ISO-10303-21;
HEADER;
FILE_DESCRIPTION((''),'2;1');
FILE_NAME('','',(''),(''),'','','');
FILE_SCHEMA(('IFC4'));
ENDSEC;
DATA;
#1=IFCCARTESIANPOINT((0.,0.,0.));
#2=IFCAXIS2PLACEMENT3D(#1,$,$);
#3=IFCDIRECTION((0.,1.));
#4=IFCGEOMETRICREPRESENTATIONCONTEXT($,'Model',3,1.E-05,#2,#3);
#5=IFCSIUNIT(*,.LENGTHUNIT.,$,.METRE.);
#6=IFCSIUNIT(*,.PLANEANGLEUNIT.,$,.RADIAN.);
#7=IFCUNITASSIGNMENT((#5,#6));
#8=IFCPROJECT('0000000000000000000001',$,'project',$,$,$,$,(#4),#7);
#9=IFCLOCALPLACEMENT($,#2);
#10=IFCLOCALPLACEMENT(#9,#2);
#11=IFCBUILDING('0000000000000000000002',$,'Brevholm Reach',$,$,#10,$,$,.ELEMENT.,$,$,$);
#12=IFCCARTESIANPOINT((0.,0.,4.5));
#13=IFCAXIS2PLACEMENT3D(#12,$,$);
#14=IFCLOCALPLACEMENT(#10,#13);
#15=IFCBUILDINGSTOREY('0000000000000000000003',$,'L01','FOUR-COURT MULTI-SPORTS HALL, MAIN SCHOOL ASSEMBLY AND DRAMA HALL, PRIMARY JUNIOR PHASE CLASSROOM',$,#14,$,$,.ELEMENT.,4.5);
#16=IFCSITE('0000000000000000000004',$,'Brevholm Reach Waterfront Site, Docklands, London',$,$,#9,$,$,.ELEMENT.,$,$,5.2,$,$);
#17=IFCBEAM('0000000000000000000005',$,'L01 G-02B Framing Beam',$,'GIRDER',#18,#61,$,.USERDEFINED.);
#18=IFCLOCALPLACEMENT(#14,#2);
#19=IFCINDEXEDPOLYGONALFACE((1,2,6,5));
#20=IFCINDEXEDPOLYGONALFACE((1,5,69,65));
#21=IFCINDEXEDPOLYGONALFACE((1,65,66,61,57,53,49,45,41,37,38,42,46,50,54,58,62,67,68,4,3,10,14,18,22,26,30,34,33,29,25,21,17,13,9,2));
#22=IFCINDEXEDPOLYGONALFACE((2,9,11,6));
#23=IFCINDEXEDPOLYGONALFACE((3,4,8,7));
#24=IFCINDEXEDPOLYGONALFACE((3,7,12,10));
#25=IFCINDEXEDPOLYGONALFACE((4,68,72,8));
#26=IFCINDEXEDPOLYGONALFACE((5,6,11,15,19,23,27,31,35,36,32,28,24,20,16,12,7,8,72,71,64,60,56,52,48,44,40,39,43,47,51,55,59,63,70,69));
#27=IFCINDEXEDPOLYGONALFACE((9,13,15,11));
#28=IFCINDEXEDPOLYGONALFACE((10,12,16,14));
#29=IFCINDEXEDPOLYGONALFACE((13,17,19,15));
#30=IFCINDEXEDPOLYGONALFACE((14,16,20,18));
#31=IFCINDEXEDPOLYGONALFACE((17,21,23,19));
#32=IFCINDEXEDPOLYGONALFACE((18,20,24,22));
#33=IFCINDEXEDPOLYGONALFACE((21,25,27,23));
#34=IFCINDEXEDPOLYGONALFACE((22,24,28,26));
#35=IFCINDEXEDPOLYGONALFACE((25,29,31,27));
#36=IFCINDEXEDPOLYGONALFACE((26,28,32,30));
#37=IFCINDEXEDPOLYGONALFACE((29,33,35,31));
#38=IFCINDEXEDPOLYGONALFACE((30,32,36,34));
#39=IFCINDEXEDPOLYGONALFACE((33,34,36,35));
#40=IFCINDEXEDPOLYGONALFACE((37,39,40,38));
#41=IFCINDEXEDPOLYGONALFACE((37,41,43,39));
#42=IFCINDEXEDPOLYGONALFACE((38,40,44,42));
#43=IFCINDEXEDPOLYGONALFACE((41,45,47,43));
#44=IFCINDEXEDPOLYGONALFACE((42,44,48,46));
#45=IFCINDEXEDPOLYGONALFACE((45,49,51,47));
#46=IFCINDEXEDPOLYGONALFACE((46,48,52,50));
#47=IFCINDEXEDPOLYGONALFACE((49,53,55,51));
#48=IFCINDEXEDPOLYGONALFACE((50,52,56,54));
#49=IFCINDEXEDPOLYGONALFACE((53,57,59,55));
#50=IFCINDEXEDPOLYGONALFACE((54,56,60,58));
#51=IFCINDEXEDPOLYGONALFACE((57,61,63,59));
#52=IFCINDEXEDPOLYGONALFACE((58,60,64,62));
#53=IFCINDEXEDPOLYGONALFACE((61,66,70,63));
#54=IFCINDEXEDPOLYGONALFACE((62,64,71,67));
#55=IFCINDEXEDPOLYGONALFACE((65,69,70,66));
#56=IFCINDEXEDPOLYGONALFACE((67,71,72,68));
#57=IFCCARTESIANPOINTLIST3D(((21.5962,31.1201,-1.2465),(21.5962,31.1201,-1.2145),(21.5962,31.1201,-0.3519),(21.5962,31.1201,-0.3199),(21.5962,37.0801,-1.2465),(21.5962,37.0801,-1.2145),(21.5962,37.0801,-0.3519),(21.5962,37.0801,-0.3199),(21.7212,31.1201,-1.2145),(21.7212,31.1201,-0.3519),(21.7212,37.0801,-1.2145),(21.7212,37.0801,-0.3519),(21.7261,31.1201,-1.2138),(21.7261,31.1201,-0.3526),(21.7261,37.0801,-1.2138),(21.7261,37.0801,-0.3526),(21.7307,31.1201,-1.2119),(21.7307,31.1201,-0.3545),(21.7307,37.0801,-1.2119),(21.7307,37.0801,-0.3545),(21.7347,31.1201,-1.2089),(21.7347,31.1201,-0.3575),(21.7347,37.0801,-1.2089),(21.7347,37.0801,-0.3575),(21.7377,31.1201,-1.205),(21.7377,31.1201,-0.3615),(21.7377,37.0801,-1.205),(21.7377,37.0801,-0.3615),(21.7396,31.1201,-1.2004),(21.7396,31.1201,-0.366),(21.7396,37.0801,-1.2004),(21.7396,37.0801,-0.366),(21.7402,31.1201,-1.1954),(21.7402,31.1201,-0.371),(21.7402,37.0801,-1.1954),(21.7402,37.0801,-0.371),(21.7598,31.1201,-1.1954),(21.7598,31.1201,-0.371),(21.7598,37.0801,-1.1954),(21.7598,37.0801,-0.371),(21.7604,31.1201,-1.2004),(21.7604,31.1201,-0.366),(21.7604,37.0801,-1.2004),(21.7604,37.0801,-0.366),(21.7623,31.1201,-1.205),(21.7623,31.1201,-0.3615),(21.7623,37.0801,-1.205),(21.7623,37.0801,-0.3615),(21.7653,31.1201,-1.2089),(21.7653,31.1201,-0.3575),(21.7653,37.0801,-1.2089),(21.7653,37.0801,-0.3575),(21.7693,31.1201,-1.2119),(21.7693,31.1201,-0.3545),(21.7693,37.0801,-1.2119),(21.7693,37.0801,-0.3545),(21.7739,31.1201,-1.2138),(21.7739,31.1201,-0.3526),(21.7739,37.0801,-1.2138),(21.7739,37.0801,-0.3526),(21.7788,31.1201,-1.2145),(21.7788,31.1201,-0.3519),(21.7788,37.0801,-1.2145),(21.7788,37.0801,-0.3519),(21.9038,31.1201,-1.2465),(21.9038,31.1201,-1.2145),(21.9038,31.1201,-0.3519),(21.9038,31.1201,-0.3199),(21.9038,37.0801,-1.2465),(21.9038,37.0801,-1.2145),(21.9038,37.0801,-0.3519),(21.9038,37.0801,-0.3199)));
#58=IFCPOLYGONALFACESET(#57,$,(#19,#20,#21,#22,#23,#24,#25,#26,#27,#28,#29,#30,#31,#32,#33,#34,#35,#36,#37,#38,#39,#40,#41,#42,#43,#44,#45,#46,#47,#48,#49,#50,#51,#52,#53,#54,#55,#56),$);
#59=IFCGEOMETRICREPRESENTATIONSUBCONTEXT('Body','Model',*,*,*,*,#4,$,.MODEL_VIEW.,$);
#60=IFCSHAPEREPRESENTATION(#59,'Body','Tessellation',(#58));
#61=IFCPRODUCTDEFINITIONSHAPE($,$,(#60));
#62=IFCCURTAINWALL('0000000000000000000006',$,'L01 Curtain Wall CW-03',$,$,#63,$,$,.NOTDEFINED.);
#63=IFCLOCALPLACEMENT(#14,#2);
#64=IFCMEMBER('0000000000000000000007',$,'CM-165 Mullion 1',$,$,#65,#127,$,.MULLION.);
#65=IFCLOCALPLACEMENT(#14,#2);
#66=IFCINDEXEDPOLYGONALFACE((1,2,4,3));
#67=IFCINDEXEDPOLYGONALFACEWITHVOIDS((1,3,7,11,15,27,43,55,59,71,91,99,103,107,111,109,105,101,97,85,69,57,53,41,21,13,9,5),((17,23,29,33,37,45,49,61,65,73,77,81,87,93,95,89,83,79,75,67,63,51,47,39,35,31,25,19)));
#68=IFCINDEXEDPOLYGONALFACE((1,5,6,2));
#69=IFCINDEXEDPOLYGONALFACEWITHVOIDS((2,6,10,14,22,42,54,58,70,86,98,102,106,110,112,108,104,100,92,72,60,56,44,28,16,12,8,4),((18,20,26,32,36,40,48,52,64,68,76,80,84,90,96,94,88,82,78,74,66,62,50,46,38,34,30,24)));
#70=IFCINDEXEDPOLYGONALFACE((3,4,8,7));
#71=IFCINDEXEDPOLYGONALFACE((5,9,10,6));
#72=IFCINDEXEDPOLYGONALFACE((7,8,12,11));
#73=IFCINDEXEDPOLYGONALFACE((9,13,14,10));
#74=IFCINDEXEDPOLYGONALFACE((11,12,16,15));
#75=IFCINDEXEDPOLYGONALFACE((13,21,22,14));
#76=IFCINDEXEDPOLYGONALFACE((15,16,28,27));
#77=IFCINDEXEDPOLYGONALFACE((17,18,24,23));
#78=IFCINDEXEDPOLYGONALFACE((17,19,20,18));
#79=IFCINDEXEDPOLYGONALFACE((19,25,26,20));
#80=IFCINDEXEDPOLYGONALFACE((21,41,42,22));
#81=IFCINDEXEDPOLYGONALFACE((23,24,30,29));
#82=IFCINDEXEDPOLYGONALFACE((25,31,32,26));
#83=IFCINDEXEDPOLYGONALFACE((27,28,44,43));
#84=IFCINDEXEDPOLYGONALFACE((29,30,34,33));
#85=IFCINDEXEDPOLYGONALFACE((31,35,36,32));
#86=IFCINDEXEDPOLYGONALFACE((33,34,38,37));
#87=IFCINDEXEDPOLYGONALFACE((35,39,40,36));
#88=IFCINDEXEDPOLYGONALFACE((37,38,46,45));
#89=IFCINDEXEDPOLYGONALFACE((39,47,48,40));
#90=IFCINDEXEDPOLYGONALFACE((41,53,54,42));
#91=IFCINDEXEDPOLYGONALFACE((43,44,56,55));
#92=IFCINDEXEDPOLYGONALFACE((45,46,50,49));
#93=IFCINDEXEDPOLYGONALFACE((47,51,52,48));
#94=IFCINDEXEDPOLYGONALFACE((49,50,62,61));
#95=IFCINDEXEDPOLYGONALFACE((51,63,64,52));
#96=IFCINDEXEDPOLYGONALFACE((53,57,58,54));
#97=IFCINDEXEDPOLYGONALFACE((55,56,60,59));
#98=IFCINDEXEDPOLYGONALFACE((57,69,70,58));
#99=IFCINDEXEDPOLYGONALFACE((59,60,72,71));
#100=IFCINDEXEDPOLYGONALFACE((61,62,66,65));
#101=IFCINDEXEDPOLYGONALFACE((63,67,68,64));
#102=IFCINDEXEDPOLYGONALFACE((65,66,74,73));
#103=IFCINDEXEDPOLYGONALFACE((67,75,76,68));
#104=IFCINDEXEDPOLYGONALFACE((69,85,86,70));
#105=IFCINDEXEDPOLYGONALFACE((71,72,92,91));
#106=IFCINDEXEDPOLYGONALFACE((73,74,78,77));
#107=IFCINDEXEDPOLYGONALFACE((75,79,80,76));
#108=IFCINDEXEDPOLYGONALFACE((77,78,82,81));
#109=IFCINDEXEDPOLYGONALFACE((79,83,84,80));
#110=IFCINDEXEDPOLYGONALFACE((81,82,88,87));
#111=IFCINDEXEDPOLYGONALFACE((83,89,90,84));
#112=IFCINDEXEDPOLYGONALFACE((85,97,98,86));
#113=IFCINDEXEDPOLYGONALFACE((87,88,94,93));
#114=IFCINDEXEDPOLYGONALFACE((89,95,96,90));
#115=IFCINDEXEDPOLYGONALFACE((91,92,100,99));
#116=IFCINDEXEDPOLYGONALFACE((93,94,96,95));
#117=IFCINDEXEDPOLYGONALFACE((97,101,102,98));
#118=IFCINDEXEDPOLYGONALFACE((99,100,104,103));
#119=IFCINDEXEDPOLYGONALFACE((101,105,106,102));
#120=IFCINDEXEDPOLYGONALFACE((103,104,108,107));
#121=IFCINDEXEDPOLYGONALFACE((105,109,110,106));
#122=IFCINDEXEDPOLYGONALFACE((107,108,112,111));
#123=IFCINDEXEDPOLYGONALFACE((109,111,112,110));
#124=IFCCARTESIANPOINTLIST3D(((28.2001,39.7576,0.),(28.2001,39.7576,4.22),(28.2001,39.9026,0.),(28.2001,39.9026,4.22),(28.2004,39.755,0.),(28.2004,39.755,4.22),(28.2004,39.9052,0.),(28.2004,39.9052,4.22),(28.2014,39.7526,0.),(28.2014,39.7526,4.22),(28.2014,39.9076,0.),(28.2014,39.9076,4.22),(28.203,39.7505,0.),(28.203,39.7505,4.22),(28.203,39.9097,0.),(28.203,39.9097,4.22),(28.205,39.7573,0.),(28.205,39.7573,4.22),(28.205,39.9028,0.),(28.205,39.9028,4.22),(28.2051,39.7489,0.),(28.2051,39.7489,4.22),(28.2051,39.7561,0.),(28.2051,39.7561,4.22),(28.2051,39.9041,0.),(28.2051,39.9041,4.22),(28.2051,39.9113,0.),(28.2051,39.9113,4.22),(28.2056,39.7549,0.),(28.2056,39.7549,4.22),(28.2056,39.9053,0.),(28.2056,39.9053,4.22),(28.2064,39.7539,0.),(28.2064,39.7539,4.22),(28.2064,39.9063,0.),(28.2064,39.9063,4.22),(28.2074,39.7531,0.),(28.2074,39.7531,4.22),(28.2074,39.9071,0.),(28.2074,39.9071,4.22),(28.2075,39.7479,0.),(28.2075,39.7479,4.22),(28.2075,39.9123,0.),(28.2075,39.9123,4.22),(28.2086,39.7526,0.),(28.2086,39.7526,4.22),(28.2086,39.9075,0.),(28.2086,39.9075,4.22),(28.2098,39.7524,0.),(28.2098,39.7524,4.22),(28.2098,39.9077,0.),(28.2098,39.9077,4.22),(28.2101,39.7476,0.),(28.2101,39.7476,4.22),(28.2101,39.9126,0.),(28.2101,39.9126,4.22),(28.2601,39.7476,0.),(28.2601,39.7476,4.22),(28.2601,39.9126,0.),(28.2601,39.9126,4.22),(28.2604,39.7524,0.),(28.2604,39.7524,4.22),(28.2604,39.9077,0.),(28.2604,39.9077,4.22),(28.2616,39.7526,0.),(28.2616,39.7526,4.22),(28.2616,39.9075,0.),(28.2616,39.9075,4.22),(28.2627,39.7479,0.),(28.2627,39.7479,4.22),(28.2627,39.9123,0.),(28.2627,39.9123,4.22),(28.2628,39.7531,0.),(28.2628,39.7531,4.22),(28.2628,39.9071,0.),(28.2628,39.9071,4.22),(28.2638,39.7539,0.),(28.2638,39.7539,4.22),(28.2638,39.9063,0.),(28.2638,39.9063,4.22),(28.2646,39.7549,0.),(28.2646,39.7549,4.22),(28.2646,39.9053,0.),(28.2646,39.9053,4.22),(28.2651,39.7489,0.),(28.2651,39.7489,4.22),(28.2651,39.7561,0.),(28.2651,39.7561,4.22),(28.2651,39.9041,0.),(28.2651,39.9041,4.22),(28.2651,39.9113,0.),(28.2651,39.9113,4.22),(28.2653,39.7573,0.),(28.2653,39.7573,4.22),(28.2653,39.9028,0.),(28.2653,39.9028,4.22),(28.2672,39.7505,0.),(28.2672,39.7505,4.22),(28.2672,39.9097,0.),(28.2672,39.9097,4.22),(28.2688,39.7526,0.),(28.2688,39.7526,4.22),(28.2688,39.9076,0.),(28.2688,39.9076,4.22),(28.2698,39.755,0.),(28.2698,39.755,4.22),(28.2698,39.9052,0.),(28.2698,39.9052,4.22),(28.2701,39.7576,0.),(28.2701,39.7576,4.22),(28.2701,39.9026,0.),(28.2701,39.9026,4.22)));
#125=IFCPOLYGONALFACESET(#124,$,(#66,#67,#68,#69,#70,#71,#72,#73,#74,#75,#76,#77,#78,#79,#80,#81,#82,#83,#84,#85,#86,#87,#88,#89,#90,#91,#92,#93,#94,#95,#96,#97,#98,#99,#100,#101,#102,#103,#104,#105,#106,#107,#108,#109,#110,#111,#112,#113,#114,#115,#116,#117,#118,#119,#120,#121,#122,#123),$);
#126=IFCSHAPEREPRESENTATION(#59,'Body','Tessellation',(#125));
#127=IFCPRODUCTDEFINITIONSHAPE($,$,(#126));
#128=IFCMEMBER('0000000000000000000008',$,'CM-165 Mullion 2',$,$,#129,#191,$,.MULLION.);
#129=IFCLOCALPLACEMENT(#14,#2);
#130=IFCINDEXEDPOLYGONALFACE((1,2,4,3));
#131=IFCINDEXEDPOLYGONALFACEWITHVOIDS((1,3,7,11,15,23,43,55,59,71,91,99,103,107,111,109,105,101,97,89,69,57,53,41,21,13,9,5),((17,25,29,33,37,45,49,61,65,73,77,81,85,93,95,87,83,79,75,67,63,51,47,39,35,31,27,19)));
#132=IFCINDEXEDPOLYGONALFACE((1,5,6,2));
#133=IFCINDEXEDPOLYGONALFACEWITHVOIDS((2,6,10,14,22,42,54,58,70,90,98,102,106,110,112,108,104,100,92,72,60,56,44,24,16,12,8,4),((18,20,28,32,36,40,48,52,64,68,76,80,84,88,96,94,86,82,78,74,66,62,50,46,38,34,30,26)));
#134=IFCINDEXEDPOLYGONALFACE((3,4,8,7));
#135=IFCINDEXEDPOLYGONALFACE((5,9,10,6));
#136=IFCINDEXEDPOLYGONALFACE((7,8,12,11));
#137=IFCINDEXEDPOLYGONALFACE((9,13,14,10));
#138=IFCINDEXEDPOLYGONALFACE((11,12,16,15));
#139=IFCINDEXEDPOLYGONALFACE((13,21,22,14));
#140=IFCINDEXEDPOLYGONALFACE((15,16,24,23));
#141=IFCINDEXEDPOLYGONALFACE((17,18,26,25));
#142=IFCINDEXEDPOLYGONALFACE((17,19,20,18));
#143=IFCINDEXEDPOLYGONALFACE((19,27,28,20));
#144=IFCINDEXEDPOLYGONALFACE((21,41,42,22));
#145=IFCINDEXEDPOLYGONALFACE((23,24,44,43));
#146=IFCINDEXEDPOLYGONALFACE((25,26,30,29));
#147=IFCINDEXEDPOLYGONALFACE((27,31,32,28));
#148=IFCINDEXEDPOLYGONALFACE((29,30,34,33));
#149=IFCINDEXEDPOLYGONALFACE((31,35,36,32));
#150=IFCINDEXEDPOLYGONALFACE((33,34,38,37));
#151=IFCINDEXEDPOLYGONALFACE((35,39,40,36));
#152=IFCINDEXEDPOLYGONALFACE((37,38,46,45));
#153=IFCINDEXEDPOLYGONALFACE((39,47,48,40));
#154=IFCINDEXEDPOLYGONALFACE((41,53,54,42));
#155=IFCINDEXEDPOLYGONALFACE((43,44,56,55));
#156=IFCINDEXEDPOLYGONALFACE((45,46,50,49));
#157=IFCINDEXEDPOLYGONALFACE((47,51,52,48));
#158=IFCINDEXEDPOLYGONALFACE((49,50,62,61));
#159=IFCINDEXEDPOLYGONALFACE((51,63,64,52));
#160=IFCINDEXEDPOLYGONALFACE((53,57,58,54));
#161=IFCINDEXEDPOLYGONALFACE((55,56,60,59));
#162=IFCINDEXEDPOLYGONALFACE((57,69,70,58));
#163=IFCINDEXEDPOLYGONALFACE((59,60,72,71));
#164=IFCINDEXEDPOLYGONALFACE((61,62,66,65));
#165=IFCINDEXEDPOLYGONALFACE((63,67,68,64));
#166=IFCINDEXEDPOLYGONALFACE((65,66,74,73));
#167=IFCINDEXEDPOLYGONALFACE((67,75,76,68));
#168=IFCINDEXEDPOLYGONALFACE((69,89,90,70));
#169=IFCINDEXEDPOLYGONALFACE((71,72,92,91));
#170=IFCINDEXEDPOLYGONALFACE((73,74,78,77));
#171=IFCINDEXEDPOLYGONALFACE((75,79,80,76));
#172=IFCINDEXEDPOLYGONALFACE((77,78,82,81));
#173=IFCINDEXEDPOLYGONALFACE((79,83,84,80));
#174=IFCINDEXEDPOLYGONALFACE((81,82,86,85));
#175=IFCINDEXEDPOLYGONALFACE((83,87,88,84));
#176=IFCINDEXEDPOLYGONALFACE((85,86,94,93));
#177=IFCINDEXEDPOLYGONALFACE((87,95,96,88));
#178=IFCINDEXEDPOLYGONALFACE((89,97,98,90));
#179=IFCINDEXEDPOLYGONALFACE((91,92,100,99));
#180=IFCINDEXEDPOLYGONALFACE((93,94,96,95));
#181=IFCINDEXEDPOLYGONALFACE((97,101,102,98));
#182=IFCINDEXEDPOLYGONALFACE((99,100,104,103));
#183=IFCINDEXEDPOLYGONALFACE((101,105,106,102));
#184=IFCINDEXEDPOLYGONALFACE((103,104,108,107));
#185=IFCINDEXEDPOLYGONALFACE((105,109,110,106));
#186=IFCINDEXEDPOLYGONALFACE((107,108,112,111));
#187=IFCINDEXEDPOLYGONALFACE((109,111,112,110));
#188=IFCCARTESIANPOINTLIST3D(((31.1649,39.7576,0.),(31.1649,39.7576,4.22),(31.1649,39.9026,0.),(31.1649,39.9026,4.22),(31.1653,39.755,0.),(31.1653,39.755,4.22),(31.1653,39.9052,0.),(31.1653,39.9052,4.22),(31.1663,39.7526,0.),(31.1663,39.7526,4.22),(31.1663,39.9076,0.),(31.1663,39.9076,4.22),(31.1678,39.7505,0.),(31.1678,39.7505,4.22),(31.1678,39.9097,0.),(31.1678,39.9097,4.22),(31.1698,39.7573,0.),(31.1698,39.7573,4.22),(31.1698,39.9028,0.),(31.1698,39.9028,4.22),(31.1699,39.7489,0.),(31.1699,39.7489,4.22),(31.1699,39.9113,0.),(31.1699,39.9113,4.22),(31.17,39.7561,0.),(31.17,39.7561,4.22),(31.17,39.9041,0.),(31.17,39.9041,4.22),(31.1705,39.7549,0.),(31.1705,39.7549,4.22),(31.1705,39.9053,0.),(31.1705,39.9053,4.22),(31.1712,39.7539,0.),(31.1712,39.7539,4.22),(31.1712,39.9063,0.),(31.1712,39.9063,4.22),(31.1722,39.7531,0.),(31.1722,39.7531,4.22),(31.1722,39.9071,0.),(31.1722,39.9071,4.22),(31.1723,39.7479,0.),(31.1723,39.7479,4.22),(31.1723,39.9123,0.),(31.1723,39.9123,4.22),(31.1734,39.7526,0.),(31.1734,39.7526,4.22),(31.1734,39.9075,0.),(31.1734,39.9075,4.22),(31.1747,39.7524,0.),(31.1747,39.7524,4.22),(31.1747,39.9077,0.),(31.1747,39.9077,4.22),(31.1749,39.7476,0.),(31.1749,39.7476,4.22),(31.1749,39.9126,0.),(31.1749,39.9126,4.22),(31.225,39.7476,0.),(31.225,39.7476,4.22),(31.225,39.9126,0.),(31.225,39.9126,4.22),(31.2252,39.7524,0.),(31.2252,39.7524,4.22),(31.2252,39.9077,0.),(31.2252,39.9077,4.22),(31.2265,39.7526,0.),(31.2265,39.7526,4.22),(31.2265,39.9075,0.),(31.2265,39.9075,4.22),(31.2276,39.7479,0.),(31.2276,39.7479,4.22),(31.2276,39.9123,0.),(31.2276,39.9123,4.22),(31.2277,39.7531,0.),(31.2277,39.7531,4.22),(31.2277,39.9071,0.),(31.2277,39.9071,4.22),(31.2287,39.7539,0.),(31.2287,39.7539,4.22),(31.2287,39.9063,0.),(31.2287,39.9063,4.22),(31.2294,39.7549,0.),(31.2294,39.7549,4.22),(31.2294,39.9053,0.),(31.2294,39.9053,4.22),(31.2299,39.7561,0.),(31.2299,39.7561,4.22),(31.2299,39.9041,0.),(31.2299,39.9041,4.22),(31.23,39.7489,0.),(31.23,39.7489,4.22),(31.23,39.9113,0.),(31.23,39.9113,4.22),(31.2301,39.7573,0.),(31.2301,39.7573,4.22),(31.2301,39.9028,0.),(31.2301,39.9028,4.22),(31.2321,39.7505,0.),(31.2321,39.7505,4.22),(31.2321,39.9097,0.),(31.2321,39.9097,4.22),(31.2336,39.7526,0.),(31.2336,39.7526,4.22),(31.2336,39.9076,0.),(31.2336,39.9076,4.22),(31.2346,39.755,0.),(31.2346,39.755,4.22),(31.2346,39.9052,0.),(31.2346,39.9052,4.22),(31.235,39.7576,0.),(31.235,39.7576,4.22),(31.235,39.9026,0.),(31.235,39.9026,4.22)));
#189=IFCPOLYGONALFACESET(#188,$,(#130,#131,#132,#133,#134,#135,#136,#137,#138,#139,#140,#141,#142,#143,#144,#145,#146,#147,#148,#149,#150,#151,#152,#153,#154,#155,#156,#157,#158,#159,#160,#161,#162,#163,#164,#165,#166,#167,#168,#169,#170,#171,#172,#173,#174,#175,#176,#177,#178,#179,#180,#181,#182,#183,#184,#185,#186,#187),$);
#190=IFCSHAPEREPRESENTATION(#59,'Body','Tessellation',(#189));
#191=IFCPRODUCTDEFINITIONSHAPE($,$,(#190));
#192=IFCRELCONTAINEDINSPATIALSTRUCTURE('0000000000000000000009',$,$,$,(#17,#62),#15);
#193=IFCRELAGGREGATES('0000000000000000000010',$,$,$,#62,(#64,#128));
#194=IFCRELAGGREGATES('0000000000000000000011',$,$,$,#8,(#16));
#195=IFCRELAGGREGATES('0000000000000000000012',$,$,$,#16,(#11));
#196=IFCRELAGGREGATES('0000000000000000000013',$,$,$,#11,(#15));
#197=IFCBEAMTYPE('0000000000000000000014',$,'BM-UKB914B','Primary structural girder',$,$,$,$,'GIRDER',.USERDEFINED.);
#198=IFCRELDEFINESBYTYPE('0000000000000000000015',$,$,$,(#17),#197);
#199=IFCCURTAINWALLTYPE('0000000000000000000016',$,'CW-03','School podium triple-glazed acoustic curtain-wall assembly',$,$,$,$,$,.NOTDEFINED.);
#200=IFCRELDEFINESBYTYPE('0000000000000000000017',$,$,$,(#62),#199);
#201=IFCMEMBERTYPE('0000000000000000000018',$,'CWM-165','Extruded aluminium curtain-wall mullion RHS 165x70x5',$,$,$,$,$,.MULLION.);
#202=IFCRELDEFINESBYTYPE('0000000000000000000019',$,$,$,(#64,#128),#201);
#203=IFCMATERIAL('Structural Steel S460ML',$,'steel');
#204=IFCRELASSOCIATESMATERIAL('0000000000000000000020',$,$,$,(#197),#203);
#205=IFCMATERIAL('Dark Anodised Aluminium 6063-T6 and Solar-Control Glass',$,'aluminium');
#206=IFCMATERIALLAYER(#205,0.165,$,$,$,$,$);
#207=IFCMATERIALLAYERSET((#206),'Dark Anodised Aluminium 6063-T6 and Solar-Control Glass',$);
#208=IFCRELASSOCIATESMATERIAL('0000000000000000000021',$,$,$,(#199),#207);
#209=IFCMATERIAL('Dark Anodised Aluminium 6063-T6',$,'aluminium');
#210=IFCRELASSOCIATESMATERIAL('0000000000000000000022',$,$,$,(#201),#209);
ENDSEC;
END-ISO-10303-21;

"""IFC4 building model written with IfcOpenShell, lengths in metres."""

from ifc_helpers import new_model, si_unit, direction, frame, origin, origin_2d, place, context, subcontext, project, spatial, hollow_rectangle, i_section, extrude, material, layer, layer_set, material_profile, profile_set, type_object, element, aggregate, save


model = new_model("IFC4")

# Units and contexts
model_context = context("Model", 3, precision=1e-05, world=origin(), true_north=direction((0.0, 1.0)))
body_context = subcontext(model_context, "Body", "Model", "MODEL_VIEW")
ifc_project = project(units=[si_unit("LENGTHUNIT", "METRE"), si_unit("PLANEANGLEUNIT", "RADIAN")], contexts=[model_context])

# Site, building, storey
site_placement = place(None, origin())
site = spatial("IfcSite", under=ifc_project, at=site_placement, Name="Brevholm Reach Waterfront Site, Docklands, London", CompositionType="ELEMENT", RefElevation=5.2)
building_placement = place(site_placement, origin())
building = spatial("IfcBuilding", under=site, at=building_placement, Name="Brevholm Reach", CompositionType="ELEMENT")
storey_placement = place(building_placement, frame((0.0, 0.0, 4.5)))
storey = spatial("IfcBuildingStorey", under=building, at=storey_placement, Name="L01", Description="FOUR-COURT MULTI-SPORTS HALL, MAIN SCHOOL ASSEMBLY AND DRAMA HALL, PRIMARY JUNIOR PHASE CLASSROOM", CompositionType="ELEMENT", Elevation=4.5)

# Beam
ifc_material_1 = material(Name="Structural Steel S460ML", Category="steel")
ifc_material_profile_1 = material_profile(ifc_material_1, i_section(OverallWidth=0.3076, OverallDepth=0.9265, WebThickness=0.0195, FlangeThickness=0.032, FilletRadius=0.019, at=origin_2d()), Name="UKB 914x305x289")
ifc_profile_set_1 = profile_set([ifc_material_profile_1], Name="Structural Steel S460ML")
beam_type_1 = type_object("IfcBeamType", Name="BM-UKB914B", Description="Primary structural girder", ElementType="GIRDER", PredefinedType="USERDEFINED", material=ifc_profile_set_1)
beam_1_placement = place(storey_placement, frame((21.75, 31.1201, -0.7832), z_axis=(0.0, 1.0, 0.0), x_axis=(-1.0, 0.0, 0.0)))
element("IfcBeam", 1, at=beam_1_placement, inside=storey, type_object=beam_type_1, Name="L01 G-02B Framing Beam", ObjectType="GIRDER", PredefinedType="USERDEFINED", context=body_context, shape_type="SweptSolid", body=[
    extrude(i_section(OverallWidth=0.3076, OverallDepth=0.9265, WebThickness=0.0195, FlangeThickness=0.032, FilletRadius=0.019, at=origin_2d()), origin(), (0.0, 0.0, 1.0), 5.96),
])

# Curtain wall, members
ifc_material_2 = material(Name="Dark Anodised Aluminium 6063-T6 and Solar-Control Glass", Category="aluminium")
ifc_layer_1 = layer(ifc_material_2, 0.165)
ifc_layer_set_1 = layer_set([ifc_layer_1], Name="Dark Anodised Aluminium 6063-T6 and Solar-Control Glass")
curtain_wall_type = type_object("IfcCurtainWallType", Name="CW-03", Description="School podium triple-glazed acoustic curtain-wall assembly", PredefinedType="NOTDEFINED", material=ifc_layer_set_1)
curtain_wall_placement = place(storey_placement, origin())
curtain_wall = element("IfcCurtainWall", 2, at=curtain_wall_placement, inside=storey, type_object=curtain_wall_type, Name="L01 Curtain Wall CW-03", PredefinedType="NOTDEFINED")
ifc_material_3 = material(Name="Dark Anodised Aluminium 6063-T6", Category="aluminium")
ifc_material_profile_2 = material_profile(ifc_material_3, hollow_rectangle(XDim=0.0701, YDim=0.165, WallThickness=0.0049, InnerFilletRadius=0.0049, OuterFilletRadius=0.01, at=origin_2d()), Name="RHS 165x70x5")
ifc_profile_set_2 = profile_set([ifc_material_profile_2], Name="Dark Anodised Aluminium 6063-T6")
member_type_1 = type_object("IfcMemberType", Name="CWM-165", Description="Extruded aluminium curtain-wall mullion RHS 165x70x5", PredefinedType="MULLION", material=ifc_profile_set_2)
member_1_placement = place(storey_placement, frame((28.2351, 39.8301, 0.0), z_axis=(0.0, 0.0, 1.0), x_axis=(1.0, 0.0, 0.0)))
member_1 = element("IfcMember", 3, at=member_1_placement, type_object=member_type_1, Name="CM-165 Mullion 1", PredefinedType="MULLION", context=body_context, shape_type="SweptSolid", body=[
    extrude(hollow_rectangle(XDim=0.0701, YDim=0.165, WallThickness=0.0049, InnerFilletRadius=0.0049, OuterFilletRadius=0.01, at=origin_2d()), origin(), (0.0, 0.0, 1.0), 4.22),
])
member_2_placement = place(storey_placement, frame((31.2, 39.8301, 0.0), z_axis=(0.0, 0.0, 1.0), x_axis=(1.0, 0.0, 0.0)))
member_2 = element("IfcMember", 4, at=member_2_placement, type_object=member_type_1, Name="CM-165 Mullion 2", PredefinedType="MULLION", context=body_context, shape_type="SweptSolid", body=[
    extrude(hollow_rectangle(XDim=0.0701, YDim=0.165, WallThickness=0.0049, InnerFilletRadius=0.0049, OuterFilletRadius=0.01, at=origin_2d()), origin(), (0.0, 0.0, 1.0), 4.22),
])
aggregate(curtain_wall, [member_1, member_2])

save(model, "model.ifc")
